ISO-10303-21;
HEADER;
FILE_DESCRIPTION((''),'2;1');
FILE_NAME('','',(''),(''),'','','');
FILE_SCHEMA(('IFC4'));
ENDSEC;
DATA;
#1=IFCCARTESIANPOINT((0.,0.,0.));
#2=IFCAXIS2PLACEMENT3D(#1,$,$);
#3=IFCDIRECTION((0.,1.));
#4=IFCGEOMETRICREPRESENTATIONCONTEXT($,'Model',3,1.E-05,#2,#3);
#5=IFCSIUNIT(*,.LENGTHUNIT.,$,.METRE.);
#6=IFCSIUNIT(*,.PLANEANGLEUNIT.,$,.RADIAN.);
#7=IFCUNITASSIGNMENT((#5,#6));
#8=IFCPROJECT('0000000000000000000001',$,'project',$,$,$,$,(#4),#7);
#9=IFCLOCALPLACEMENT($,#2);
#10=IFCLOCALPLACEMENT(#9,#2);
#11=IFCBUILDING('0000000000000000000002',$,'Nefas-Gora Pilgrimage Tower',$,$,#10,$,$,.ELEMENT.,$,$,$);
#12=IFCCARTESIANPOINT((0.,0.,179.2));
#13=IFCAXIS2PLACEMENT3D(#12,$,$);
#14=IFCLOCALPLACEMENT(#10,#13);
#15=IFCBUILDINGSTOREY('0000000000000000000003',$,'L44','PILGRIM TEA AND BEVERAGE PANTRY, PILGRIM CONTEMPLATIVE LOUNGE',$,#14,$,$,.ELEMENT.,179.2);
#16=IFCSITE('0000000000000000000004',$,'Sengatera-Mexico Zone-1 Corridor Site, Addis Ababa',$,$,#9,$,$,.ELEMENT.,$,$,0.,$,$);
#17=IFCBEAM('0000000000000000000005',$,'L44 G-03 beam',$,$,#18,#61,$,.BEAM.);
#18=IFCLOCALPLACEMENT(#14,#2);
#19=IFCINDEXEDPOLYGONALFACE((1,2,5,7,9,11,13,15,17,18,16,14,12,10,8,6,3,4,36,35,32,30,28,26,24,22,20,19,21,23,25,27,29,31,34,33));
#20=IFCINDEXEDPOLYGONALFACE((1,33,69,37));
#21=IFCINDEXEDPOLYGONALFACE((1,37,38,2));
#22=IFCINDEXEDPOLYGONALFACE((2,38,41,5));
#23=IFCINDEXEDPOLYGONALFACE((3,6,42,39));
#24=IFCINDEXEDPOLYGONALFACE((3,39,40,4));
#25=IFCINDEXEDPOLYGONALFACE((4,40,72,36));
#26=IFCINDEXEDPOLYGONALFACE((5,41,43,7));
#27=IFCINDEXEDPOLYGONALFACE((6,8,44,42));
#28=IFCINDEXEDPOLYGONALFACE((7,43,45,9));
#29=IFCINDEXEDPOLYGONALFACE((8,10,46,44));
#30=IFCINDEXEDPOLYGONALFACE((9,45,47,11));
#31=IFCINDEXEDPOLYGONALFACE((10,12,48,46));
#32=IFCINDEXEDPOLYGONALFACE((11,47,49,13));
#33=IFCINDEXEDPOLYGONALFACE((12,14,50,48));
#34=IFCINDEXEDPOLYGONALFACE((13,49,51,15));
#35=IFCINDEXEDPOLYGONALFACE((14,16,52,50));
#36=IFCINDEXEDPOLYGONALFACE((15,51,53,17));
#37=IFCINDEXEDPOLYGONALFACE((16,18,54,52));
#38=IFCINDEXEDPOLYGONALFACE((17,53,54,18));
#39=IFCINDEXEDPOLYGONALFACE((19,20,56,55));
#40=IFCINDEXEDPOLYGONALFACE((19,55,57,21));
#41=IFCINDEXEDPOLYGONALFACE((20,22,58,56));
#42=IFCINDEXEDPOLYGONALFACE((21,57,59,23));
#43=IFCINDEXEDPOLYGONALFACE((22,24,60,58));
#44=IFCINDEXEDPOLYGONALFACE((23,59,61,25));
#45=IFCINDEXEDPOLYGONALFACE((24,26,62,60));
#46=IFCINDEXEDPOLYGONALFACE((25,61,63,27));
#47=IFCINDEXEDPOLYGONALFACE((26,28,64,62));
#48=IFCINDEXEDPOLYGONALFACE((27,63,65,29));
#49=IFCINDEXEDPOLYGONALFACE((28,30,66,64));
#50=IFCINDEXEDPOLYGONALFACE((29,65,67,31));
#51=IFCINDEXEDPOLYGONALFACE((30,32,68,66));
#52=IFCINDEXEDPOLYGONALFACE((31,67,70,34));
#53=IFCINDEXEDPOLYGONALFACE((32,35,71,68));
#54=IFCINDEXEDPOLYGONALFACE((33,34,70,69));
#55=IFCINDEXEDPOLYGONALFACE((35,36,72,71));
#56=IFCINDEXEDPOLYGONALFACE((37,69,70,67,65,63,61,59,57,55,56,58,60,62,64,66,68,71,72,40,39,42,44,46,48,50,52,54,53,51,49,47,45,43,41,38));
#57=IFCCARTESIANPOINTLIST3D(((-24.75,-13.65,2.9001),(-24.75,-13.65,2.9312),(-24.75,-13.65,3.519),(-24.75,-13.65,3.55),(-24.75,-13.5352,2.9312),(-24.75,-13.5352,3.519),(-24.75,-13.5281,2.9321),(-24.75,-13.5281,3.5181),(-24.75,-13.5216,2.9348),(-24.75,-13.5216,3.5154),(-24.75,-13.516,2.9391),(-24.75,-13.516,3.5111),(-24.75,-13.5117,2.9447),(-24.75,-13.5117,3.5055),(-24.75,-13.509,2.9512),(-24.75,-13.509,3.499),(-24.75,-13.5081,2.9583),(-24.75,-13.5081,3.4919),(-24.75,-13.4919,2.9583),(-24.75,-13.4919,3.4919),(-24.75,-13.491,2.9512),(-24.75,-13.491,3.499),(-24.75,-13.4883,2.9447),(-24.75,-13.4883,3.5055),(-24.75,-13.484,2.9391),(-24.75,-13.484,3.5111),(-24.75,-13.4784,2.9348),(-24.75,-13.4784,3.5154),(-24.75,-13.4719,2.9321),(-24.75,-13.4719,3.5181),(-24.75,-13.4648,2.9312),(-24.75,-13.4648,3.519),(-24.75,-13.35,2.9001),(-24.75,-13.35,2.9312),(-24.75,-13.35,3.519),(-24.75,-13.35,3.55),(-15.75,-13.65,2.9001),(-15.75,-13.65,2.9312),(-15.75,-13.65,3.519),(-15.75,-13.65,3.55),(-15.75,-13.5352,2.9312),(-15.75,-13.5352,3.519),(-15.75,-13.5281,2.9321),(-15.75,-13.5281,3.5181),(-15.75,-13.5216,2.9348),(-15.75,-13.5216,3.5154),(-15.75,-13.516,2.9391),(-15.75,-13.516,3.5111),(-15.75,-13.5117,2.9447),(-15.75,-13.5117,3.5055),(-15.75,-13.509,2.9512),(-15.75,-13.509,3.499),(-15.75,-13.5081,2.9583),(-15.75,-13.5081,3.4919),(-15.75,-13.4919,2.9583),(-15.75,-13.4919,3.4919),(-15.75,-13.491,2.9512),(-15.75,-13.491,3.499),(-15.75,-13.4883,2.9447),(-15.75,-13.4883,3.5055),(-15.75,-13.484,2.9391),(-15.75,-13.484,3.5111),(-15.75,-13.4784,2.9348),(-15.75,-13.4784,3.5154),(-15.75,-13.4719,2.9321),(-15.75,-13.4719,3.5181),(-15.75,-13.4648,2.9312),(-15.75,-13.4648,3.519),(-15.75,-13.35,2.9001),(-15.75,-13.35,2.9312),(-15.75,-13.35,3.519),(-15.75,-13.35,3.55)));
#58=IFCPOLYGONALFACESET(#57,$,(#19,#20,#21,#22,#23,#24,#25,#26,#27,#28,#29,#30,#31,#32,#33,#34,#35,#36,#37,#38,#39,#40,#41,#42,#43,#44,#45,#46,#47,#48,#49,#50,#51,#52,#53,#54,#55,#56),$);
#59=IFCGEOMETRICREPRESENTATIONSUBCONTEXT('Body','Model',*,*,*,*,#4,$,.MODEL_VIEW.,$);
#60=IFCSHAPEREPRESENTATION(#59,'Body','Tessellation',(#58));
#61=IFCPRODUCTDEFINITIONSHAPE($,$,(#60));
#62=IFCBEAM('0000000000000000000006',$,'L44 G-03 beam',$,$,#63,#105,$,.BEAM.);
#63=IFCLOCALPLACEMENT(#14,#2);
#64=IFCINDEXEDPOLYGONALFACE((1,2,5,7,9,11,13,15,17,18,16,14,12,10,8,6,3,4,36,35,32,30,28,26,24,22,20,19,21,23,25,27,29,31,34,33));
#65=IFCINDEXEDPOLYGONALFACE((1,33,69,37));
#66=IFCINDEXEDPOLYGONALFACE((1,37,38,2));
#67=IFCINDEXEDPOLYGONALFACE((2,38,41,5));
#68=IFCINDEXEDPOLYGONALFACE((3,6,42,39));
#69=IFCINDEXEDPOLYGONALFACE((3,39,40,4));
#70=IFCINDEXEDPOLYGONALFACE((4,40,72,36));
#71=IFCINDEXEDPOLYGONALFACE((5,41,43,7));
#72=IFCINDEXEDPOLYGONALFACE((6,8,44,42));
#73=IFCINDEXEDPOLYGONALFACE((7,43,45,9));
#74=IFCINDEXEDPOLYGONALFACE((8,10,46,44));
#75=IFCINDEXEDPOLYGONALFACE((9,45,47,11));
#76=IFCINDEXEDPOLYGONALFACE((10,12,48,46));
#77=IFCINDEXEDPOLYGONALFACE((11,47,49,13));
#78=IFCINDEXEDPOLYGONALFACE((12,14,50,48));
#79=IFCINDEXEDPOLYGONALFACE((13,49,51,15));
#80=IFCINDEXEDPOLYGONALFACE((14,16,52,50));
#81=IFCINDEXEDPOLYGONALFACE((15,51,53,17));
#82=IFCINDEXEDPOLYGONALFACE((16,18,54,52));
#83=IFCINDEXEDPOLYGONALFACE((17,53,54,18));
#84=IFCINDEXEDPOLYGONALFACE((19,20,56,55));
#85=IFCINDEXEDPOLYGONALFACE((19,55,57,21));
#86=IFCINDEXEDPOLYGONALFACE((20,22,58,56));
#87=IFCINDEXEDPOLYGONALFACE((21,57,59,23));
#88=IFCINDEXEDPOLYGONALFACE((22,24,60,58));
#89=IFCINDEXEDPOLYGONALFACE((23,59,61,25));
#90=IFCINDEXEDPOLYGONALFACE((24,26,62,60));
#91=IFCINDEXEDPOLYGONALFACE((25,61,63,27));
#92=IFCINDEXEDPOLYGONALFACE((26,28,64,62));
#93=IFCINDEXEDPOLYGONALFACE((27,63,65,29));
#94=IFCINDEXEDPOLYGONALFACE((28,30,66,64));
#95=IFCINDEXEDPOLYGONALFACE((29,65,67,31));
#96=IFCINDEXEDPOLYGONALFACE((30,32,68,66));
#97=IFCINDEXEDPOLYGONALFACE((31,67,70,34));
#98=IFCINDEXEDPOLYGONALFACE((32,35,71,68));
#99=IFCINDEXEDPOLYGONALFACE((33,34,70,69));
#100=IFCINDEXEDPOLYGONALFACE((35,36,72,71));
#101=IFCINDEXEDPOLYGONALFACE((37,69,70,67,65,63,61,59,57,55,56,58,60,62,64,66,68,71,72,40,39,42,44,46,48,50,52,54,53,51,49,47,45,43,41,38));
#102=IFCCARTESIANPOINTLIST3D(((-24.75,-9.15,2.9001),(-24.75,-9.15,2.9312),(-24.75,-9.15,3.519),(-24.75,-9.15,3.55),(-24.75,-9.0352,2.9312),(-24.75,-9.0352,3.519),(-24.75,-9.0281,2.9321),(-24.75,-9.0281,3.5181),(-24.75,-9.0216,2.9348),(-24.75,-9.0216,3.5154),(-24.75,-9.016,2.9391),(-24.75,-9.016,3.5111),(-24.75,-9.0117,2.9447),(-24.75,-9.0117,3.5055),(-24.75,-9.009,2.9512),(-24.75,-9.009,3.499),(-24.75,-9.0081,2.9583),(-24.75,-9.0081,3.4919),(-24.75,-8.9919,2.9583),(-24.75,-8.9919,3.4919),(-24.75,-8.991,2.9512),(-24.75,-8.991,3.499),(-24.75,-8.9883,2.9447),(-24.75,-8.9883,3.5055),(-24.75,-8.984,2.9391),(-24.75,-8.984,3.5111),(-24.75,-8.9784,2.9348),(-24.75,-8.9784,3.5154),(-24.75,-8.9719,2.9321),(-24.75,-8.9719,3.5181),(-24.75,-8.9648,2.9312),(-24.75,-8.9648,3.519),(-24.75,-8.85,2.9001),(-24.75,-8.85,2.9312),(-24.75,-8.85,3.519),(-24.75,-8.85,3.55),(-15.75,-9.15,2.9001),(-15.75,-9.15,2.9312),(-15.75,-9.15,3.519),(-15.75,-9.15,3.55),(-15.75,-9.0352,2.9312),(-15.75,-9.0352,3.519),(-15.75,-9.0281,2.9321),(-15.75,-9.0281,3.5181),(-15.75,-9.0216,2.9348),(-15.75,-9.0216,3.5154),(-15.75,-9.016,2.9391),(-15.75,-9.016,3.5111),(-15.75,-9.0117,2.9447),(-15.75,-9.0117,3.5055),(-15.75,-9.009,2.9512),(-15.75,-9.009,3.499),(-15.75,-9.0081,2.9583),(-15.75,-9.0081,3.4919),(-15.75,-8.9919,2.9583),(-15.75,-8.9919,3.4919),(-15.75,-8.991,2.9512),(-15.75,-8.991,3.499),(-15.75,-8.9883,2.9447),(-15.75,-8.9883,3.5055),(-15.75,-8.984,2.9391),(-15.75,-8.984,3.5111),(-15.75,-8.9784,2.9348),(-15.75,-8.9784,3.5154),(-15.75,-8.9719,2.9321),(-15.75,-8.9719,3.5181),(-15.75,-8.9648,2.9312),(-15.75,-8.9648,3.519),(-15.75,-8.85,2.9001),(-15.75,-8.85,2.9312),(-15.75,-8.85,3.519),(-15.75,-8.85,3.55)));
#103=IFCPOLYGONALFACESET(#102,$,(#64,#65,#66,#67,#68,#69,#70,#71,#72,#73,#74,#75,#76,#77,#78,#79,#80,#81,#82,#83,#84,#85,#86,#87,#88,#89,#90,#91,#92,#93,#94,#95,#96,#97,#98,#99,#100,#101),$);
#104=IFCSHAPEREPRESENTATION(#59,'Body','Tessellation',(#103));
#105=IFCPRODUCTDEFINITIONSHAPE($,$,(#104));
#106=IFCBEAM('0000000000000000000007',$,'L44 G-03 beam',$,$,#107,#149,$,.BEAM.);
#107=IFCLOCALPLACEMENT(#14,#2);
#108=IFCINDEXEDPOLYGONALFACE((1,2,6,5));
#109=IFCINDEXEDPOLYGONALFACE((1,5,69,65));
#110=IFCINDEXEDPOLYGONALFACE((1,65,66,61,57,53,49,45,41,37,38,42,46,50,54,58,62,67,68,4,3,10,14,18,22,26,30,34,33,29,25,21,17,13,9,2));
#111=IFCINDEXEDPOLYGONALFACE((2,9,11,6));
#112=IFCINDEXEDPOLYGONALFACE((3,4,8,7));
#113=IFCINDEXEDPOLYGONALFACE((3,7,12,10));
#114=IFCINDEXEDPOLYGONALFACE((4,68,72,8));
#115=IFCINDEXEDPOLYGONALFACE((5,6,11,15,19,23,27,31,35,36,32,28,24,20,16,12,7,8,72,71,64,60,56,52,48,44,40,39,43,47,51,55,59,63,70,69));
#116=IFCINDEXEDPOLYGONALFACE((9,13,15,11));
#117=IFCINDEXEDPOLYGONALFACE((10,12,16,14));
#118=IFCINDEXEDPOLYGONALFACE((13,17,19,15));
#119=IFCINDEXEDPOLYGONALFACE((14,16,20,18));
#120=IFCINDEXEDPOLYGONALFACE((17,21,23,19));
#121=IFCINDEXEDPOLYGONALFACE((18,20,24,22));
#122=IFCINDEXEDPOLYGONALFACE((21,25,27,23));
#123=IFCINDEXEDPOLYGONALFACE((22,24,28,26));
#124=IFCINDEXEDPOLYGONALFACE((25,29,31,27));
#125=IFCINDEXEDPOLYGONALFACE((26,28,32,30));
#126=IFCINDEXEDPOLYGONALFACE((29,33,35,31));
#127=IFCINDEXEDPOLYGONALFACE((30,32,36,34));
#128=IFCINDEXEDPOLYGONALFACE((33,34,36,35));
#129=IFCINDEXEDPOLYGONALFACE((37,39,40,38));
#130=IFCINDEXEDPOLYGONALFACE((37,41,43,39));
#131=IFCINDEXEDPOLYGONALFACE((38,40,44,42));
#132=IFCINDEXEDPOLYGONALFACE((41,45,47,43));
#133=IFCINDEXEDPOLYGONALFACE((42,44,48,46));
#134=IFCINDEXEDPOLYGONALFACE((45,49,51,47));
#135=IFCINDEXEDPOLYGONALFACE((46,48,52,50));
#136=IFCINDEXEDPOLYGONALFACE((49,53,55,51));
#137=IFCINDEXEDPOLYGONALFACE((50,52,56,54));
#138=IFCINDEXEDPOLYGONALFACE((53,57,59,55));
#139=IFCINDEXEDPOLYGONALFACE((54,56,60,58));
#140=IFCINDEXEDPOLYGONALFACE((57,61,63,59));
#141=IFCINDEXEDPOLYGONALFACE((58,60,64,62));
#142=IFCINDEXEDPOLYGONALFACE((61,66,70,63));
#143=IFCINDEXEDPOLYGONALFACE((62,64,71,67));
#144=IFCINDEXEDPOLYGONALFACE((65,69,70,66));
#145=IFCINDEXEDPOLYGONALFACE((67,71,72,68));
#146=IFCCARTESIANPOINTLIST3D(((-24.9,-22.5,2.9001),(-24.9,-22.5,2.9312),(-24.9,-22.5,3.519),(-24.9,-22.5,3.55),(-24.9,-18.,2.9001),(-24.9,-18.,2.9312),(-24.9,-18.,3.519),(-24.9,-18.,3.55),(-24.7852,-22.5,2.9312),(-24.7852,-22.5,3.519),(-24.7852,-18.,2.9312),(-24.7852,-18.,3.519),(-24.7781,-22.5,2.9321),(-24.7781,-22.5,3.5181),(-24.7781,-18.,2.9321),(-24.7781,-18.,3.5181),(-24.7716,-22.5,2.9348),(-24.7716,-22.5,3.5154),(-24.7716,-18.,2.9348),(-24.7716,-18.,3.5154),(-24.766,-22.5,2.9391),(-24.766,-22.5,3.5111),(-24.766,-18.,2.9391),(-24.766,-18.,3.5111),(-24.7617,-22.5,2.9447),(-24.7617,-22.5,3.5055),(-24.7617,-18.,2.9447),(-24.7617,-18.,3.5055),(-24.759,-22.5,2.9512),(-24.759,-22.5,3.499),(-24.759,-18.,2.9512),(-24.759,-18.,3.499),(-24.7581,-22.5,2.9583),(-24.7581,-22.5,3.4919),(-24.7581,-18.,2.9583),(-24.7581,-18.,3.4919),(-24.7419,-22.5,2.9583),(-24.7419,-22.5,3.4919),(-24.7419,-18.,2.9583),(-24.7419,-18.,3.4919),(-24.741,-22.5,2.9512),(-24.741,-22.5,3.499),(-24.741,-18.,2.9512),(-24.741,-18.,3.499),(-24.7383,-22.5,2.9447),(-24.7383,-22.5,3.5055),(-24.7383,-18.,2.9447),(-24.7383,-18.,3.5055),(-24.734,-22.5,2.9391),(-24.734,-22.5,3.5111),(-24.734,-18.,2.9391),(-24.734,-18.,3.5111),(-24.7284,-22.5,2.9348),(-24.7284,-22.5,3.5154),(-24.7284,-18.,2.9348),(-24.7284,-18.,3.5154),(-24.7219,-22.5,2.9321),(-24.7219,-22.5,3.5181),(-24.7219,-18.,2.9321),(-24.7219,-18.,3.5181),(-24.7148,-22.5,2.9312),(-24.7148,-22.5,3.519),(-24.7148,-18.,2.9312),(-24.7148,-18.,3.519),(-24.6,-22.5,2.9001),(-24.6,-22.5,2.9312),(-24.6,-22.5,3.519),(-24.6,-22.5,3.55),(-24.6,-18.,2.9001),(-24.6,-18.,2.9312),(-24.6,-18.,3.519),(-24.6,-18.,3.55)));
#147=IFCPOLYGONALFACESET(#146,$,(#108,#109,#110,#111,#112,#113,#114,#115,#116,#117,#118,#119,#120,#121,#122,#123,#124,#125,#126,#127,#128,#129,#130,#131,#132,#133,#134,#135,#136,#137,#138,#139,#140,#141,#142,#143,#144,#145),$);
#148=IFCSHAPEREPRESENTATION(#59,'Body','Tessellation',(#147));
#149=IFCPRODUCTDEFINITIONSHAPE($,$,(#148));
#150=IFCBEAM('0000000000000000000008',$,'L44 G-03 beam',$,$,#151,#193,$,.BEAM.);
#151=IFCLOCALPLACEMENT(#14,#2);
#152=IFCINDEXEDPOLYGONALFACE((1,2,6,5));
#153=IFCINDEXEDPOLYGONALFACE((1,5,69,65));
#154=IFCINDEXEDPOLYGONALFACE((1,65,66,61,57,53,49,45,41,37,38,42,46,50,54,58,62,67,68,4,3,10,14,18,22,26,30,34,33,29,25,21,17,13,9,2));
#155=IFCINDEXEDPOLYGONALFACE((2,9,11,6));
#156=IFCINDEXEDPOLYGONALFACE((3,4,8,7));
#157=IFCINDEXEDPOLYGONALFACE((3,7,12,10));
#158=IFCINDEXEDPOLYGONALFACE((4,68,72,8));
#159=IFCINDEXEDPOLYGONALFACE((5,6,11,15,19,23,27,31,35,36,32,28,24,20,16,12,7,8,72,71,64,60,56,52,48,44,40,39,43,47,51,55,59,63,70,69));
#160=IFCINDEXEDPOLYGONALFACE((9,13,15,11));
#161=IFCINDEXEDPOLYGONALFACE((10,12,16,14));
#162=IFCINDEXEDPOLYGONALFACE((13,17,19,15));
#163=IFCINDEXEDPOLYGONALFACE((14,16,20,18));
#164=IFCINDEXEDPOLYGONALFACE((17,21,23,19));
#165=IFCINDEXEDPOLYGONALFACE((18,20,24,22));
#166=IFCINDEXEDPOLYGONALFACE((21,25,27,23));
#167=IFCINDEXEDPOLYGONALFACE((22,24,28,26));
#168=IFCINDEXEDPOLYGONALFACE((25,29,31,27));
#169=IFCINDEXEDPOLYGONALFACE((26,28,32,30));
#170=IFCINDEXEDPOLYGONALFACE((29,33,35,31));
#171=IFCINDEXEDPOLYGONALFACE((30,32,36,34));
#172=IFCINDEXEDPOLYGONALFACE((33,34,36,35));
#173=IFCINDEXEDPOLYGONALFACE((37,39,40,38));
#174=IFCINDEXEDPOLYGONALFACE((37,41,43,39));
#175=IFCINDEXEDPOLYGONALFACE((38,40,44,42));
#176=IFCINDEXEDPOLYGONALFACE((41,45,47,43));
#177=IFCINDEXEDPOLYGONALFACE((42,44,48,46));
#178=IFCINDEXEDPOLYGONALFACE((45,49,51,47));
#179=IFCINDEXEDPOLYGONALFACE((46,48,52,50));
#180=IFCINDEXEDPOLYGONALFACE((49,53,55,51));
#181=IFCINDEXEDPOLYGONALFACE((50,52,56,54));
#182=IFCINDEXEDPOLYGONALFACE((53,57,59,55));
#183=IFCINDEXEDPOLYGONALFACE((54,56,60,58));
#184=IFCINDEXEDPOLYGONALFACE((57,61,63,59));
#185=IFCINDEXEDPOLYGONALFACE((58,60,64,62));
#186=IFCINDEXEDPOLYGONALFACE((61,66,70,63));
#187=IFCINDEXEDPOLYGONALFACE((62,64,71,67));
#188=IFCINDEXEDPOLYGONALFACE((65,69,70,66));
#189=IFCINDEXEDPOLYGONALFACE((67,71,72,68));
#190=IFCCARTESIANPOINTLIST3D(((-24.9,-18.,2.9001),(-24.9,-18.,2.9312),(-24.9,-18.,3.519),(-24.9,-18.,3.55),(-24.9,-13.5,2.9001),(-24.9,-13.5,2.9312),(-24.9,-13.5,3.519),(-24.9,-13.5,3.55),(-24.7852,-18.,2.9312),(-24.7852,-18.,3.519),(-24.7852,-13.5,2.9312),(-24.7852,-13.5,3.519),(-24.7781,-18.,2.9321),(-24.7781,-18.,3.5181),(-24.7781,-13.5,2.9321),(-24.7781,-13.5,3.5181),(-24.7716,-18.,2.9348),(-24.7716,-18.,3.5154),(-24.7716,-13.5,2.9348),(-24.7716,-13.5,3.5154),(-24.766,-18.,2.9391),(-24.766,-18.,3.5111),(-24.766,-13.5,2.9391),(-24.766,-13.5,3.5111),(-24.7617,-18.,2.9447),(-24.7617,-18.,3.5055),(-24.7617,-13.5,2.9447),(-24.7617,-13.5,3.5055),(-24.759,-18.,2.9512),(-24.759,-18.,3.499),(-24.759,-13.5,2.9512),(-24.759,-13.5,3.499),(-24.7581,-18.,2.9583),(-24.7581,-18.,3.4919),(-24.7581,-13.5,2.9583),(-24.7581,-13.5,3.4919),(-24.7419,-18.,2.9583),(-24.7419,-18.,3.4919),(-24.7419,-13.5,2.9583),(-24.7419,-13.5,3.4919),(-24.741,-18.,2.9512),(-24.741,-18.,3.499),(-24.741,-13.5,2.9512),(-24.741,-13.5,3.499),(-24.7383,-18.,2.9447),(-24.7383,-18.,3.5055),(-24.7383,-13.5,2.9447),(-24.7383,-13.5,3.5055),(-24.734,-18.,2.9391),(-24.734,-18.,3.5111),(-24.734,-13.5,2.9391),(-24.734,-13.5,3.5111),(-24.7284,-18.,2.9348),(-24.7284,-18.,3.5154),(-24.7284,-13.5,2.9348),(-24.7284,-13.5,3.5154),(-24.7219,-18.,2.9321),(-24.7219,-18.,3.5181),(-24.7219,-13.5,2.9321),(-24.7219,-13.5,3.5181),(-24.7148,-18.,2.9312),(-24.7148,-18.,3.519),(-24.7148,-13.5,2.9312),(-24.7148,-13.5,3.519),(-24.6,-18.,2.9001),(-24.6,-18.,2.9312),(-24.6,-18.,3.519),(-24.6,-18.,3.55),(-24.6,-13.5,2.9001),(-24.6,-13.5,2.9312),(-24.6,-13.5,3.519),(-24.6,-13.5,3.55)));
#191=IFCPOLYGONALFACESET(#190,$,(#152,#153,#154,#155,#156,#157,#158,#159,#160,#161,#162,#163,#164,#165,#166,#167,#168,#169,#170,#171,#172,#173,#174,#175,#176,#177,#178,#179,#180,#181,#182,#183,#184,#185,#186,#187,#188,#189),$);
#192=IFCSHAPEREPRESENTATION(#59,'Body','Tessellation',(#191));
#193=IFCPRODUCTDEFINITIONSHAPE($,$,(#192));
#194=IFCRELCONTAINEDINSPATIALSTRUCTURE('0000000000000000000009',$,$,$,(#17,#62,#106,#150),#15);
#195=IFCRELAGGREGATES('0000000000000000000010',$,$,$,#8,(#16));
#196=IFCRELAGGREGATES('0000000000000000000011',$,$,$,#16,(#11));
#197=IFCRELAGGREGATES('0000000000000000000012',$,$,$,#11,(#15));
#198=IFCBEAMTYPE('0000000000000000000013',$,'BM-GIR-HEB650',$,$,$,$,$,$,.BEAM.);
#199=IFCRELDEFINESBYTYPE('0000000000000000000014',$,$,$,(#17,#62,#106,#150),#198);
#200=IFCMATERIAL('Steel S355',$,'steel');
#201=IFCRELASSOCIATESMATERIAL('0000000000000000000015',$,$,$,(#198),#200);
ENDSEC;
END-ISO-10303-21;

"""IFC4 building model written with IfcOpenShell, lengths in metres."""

from ifc_helpers import new_model, si_unit, direction, frame, origin, origin_2d, place, context, subcontext, project, spatial, i_section, extrude, source, transform, mapped, material, material_profile, profile_set, type_object, element, save


model = new_model("IFC4")

# Units and contexts
model_context = context("Model", 3, precision=1e-05, world=origin(), true_north=direction((0.0, 1.0)))
body_context = subcontext(model_context, "Body", "Model", "MODEL_VIEW")
ifc_project = project(units=[si_unit("LENGTHUNIT", "METRE"), si_unit("PLANEANGLEUNIT", "RADIAN")], contexts=[model_context])

# Site, building, storey
site_placement = place(None, origin())
site = spatial("IfcSite", under=ifc_project, at=site_placement, Name="Sengatera-Mexico Zone-1 Corridor Site, Addis Ababa", CompositionType="ELEMENT", RefElevation=0.0)
building_placement = place(site_placement, origin())
building = spatial("IfcBuilding", under=site, at=building_placement, Name="Nefas-Gora Pilgrimage Tower", CompositionType="ELEMENT")
storey_placement = place(building_placement, frame((0.0, 0.0, 179.2)))
storey = spatial("IfcBuildingStorey", under=building, at=storey_placement, Name="L44", Description="PILGRIM TEA AND BEVERAGE PANTRY, PILGRIM CONTEMPLATIVE LOUNGE", CompositionType="ELEMENT", Elevation=179.2)

# Beams
ifc_material_1 = material(Name="Steel S355", Category="steel")
ifc_material_profile_1 = material_profile(ifc_material_1, i_section(OverallWidth=0.3, OverallDepth=0.6499, WebThickness=0.0161, FlangeThickness=0.031, FilletRadius=0.0271, at=origin_2d()), Name="HEB 650")
ifc_profile_set_1 = profile_set([ifc_material_profile_1], Name="Steel S355")
beam_type_1 = type_object("IfcBeamType", Name="BM-GIR-HEB650", PredefinedType="BEAM", material=ifc_profile_set_1)
shared_shape_1 = source(origin(), body_context, "Body", "SweptSolid", [
    extrude(i_section(OverallWidth=0.3, OverallDepth=0.6499, WebThickness=0.0161, FlangeThickness=0.031, FilletRadius=0.0271, at=origin_2d()), origin(), (0.0, 0.0, 1.0), 9.0),
])
for number, where, z_axis, x_axis, name in (
    (1, (-24.75, -13.5, 3.2251), (1.0, 0.0, 0.0), (0.0, 1.0, 0.0), "L44 G-03 beam"),
    (2, (-24.75, -9.0, 3.2251), (1.0, 0.0, 0.0), (0.0, 1.0, 0.0), "L44 G-03 beam"),
):
    element("IfcBeam", number, at=place(storey_placement, frame(where, z_axis=z_axis, x_axis=x_axis)), inside=storey, type_object=beam_type_1, Name=name, PredefinedType="BEAM", context=body_context, shape_type="MappedRepresentation", body=[
        mapped(shared_shape_1, transform((0.0, 0.0, 0.0), x_axis=(1.0, 0.0, 0.0), y_axis=(0.0, 1.0, 0.0), z_axis=(0.0, 0.0, 1.0), scale=1.0)),
    ])
shared_shape_2 = source(origin(), body_context, "Body", "SweptSolid", [
    extrude(i_section(OverallWidth=0.3, OverallDepth=0.6499, WebThickness=0.0161, FlangeThickness=0.031, FilletRadius=0.0271, at=origin_2d()), origin(), (0.0, 0.0, 1.0), 4.5),
])
for number, where, z_axis, x_axis, name in (
    (3, (-24.75, -22.5, 3.2251), (0.0, 1.0, 0.0), (-1.0, 0.0, 0.0), "L44 G-03 beam"),
    (4, (-24.75, -18.0, 3.2251), (0.0, 1.0, 0.0), (-1.0, 0.0, 0.0), "L44 G-03 beam"),
):
    element("IfcBeam", number, at=place(storey_placement, frame(where, z_axis=z_axis, x_axis=x_axis)), inside=storey, type_object=beam_type_1, Name=name, PredefinedType="BEAM", context=body_context, shape_type="MappedRepresentation", body=[
        mapped(shared_shape_2, transform((0.0, 0.0, 0.0), x_axis=(1.0, 0.0, 0.0), y_axis=(0.0, 1.0, 0.0), z_axis=(0.0, 0.0, 1.0), scale=1.0)),
    ])

save(model, "model.ifc")
